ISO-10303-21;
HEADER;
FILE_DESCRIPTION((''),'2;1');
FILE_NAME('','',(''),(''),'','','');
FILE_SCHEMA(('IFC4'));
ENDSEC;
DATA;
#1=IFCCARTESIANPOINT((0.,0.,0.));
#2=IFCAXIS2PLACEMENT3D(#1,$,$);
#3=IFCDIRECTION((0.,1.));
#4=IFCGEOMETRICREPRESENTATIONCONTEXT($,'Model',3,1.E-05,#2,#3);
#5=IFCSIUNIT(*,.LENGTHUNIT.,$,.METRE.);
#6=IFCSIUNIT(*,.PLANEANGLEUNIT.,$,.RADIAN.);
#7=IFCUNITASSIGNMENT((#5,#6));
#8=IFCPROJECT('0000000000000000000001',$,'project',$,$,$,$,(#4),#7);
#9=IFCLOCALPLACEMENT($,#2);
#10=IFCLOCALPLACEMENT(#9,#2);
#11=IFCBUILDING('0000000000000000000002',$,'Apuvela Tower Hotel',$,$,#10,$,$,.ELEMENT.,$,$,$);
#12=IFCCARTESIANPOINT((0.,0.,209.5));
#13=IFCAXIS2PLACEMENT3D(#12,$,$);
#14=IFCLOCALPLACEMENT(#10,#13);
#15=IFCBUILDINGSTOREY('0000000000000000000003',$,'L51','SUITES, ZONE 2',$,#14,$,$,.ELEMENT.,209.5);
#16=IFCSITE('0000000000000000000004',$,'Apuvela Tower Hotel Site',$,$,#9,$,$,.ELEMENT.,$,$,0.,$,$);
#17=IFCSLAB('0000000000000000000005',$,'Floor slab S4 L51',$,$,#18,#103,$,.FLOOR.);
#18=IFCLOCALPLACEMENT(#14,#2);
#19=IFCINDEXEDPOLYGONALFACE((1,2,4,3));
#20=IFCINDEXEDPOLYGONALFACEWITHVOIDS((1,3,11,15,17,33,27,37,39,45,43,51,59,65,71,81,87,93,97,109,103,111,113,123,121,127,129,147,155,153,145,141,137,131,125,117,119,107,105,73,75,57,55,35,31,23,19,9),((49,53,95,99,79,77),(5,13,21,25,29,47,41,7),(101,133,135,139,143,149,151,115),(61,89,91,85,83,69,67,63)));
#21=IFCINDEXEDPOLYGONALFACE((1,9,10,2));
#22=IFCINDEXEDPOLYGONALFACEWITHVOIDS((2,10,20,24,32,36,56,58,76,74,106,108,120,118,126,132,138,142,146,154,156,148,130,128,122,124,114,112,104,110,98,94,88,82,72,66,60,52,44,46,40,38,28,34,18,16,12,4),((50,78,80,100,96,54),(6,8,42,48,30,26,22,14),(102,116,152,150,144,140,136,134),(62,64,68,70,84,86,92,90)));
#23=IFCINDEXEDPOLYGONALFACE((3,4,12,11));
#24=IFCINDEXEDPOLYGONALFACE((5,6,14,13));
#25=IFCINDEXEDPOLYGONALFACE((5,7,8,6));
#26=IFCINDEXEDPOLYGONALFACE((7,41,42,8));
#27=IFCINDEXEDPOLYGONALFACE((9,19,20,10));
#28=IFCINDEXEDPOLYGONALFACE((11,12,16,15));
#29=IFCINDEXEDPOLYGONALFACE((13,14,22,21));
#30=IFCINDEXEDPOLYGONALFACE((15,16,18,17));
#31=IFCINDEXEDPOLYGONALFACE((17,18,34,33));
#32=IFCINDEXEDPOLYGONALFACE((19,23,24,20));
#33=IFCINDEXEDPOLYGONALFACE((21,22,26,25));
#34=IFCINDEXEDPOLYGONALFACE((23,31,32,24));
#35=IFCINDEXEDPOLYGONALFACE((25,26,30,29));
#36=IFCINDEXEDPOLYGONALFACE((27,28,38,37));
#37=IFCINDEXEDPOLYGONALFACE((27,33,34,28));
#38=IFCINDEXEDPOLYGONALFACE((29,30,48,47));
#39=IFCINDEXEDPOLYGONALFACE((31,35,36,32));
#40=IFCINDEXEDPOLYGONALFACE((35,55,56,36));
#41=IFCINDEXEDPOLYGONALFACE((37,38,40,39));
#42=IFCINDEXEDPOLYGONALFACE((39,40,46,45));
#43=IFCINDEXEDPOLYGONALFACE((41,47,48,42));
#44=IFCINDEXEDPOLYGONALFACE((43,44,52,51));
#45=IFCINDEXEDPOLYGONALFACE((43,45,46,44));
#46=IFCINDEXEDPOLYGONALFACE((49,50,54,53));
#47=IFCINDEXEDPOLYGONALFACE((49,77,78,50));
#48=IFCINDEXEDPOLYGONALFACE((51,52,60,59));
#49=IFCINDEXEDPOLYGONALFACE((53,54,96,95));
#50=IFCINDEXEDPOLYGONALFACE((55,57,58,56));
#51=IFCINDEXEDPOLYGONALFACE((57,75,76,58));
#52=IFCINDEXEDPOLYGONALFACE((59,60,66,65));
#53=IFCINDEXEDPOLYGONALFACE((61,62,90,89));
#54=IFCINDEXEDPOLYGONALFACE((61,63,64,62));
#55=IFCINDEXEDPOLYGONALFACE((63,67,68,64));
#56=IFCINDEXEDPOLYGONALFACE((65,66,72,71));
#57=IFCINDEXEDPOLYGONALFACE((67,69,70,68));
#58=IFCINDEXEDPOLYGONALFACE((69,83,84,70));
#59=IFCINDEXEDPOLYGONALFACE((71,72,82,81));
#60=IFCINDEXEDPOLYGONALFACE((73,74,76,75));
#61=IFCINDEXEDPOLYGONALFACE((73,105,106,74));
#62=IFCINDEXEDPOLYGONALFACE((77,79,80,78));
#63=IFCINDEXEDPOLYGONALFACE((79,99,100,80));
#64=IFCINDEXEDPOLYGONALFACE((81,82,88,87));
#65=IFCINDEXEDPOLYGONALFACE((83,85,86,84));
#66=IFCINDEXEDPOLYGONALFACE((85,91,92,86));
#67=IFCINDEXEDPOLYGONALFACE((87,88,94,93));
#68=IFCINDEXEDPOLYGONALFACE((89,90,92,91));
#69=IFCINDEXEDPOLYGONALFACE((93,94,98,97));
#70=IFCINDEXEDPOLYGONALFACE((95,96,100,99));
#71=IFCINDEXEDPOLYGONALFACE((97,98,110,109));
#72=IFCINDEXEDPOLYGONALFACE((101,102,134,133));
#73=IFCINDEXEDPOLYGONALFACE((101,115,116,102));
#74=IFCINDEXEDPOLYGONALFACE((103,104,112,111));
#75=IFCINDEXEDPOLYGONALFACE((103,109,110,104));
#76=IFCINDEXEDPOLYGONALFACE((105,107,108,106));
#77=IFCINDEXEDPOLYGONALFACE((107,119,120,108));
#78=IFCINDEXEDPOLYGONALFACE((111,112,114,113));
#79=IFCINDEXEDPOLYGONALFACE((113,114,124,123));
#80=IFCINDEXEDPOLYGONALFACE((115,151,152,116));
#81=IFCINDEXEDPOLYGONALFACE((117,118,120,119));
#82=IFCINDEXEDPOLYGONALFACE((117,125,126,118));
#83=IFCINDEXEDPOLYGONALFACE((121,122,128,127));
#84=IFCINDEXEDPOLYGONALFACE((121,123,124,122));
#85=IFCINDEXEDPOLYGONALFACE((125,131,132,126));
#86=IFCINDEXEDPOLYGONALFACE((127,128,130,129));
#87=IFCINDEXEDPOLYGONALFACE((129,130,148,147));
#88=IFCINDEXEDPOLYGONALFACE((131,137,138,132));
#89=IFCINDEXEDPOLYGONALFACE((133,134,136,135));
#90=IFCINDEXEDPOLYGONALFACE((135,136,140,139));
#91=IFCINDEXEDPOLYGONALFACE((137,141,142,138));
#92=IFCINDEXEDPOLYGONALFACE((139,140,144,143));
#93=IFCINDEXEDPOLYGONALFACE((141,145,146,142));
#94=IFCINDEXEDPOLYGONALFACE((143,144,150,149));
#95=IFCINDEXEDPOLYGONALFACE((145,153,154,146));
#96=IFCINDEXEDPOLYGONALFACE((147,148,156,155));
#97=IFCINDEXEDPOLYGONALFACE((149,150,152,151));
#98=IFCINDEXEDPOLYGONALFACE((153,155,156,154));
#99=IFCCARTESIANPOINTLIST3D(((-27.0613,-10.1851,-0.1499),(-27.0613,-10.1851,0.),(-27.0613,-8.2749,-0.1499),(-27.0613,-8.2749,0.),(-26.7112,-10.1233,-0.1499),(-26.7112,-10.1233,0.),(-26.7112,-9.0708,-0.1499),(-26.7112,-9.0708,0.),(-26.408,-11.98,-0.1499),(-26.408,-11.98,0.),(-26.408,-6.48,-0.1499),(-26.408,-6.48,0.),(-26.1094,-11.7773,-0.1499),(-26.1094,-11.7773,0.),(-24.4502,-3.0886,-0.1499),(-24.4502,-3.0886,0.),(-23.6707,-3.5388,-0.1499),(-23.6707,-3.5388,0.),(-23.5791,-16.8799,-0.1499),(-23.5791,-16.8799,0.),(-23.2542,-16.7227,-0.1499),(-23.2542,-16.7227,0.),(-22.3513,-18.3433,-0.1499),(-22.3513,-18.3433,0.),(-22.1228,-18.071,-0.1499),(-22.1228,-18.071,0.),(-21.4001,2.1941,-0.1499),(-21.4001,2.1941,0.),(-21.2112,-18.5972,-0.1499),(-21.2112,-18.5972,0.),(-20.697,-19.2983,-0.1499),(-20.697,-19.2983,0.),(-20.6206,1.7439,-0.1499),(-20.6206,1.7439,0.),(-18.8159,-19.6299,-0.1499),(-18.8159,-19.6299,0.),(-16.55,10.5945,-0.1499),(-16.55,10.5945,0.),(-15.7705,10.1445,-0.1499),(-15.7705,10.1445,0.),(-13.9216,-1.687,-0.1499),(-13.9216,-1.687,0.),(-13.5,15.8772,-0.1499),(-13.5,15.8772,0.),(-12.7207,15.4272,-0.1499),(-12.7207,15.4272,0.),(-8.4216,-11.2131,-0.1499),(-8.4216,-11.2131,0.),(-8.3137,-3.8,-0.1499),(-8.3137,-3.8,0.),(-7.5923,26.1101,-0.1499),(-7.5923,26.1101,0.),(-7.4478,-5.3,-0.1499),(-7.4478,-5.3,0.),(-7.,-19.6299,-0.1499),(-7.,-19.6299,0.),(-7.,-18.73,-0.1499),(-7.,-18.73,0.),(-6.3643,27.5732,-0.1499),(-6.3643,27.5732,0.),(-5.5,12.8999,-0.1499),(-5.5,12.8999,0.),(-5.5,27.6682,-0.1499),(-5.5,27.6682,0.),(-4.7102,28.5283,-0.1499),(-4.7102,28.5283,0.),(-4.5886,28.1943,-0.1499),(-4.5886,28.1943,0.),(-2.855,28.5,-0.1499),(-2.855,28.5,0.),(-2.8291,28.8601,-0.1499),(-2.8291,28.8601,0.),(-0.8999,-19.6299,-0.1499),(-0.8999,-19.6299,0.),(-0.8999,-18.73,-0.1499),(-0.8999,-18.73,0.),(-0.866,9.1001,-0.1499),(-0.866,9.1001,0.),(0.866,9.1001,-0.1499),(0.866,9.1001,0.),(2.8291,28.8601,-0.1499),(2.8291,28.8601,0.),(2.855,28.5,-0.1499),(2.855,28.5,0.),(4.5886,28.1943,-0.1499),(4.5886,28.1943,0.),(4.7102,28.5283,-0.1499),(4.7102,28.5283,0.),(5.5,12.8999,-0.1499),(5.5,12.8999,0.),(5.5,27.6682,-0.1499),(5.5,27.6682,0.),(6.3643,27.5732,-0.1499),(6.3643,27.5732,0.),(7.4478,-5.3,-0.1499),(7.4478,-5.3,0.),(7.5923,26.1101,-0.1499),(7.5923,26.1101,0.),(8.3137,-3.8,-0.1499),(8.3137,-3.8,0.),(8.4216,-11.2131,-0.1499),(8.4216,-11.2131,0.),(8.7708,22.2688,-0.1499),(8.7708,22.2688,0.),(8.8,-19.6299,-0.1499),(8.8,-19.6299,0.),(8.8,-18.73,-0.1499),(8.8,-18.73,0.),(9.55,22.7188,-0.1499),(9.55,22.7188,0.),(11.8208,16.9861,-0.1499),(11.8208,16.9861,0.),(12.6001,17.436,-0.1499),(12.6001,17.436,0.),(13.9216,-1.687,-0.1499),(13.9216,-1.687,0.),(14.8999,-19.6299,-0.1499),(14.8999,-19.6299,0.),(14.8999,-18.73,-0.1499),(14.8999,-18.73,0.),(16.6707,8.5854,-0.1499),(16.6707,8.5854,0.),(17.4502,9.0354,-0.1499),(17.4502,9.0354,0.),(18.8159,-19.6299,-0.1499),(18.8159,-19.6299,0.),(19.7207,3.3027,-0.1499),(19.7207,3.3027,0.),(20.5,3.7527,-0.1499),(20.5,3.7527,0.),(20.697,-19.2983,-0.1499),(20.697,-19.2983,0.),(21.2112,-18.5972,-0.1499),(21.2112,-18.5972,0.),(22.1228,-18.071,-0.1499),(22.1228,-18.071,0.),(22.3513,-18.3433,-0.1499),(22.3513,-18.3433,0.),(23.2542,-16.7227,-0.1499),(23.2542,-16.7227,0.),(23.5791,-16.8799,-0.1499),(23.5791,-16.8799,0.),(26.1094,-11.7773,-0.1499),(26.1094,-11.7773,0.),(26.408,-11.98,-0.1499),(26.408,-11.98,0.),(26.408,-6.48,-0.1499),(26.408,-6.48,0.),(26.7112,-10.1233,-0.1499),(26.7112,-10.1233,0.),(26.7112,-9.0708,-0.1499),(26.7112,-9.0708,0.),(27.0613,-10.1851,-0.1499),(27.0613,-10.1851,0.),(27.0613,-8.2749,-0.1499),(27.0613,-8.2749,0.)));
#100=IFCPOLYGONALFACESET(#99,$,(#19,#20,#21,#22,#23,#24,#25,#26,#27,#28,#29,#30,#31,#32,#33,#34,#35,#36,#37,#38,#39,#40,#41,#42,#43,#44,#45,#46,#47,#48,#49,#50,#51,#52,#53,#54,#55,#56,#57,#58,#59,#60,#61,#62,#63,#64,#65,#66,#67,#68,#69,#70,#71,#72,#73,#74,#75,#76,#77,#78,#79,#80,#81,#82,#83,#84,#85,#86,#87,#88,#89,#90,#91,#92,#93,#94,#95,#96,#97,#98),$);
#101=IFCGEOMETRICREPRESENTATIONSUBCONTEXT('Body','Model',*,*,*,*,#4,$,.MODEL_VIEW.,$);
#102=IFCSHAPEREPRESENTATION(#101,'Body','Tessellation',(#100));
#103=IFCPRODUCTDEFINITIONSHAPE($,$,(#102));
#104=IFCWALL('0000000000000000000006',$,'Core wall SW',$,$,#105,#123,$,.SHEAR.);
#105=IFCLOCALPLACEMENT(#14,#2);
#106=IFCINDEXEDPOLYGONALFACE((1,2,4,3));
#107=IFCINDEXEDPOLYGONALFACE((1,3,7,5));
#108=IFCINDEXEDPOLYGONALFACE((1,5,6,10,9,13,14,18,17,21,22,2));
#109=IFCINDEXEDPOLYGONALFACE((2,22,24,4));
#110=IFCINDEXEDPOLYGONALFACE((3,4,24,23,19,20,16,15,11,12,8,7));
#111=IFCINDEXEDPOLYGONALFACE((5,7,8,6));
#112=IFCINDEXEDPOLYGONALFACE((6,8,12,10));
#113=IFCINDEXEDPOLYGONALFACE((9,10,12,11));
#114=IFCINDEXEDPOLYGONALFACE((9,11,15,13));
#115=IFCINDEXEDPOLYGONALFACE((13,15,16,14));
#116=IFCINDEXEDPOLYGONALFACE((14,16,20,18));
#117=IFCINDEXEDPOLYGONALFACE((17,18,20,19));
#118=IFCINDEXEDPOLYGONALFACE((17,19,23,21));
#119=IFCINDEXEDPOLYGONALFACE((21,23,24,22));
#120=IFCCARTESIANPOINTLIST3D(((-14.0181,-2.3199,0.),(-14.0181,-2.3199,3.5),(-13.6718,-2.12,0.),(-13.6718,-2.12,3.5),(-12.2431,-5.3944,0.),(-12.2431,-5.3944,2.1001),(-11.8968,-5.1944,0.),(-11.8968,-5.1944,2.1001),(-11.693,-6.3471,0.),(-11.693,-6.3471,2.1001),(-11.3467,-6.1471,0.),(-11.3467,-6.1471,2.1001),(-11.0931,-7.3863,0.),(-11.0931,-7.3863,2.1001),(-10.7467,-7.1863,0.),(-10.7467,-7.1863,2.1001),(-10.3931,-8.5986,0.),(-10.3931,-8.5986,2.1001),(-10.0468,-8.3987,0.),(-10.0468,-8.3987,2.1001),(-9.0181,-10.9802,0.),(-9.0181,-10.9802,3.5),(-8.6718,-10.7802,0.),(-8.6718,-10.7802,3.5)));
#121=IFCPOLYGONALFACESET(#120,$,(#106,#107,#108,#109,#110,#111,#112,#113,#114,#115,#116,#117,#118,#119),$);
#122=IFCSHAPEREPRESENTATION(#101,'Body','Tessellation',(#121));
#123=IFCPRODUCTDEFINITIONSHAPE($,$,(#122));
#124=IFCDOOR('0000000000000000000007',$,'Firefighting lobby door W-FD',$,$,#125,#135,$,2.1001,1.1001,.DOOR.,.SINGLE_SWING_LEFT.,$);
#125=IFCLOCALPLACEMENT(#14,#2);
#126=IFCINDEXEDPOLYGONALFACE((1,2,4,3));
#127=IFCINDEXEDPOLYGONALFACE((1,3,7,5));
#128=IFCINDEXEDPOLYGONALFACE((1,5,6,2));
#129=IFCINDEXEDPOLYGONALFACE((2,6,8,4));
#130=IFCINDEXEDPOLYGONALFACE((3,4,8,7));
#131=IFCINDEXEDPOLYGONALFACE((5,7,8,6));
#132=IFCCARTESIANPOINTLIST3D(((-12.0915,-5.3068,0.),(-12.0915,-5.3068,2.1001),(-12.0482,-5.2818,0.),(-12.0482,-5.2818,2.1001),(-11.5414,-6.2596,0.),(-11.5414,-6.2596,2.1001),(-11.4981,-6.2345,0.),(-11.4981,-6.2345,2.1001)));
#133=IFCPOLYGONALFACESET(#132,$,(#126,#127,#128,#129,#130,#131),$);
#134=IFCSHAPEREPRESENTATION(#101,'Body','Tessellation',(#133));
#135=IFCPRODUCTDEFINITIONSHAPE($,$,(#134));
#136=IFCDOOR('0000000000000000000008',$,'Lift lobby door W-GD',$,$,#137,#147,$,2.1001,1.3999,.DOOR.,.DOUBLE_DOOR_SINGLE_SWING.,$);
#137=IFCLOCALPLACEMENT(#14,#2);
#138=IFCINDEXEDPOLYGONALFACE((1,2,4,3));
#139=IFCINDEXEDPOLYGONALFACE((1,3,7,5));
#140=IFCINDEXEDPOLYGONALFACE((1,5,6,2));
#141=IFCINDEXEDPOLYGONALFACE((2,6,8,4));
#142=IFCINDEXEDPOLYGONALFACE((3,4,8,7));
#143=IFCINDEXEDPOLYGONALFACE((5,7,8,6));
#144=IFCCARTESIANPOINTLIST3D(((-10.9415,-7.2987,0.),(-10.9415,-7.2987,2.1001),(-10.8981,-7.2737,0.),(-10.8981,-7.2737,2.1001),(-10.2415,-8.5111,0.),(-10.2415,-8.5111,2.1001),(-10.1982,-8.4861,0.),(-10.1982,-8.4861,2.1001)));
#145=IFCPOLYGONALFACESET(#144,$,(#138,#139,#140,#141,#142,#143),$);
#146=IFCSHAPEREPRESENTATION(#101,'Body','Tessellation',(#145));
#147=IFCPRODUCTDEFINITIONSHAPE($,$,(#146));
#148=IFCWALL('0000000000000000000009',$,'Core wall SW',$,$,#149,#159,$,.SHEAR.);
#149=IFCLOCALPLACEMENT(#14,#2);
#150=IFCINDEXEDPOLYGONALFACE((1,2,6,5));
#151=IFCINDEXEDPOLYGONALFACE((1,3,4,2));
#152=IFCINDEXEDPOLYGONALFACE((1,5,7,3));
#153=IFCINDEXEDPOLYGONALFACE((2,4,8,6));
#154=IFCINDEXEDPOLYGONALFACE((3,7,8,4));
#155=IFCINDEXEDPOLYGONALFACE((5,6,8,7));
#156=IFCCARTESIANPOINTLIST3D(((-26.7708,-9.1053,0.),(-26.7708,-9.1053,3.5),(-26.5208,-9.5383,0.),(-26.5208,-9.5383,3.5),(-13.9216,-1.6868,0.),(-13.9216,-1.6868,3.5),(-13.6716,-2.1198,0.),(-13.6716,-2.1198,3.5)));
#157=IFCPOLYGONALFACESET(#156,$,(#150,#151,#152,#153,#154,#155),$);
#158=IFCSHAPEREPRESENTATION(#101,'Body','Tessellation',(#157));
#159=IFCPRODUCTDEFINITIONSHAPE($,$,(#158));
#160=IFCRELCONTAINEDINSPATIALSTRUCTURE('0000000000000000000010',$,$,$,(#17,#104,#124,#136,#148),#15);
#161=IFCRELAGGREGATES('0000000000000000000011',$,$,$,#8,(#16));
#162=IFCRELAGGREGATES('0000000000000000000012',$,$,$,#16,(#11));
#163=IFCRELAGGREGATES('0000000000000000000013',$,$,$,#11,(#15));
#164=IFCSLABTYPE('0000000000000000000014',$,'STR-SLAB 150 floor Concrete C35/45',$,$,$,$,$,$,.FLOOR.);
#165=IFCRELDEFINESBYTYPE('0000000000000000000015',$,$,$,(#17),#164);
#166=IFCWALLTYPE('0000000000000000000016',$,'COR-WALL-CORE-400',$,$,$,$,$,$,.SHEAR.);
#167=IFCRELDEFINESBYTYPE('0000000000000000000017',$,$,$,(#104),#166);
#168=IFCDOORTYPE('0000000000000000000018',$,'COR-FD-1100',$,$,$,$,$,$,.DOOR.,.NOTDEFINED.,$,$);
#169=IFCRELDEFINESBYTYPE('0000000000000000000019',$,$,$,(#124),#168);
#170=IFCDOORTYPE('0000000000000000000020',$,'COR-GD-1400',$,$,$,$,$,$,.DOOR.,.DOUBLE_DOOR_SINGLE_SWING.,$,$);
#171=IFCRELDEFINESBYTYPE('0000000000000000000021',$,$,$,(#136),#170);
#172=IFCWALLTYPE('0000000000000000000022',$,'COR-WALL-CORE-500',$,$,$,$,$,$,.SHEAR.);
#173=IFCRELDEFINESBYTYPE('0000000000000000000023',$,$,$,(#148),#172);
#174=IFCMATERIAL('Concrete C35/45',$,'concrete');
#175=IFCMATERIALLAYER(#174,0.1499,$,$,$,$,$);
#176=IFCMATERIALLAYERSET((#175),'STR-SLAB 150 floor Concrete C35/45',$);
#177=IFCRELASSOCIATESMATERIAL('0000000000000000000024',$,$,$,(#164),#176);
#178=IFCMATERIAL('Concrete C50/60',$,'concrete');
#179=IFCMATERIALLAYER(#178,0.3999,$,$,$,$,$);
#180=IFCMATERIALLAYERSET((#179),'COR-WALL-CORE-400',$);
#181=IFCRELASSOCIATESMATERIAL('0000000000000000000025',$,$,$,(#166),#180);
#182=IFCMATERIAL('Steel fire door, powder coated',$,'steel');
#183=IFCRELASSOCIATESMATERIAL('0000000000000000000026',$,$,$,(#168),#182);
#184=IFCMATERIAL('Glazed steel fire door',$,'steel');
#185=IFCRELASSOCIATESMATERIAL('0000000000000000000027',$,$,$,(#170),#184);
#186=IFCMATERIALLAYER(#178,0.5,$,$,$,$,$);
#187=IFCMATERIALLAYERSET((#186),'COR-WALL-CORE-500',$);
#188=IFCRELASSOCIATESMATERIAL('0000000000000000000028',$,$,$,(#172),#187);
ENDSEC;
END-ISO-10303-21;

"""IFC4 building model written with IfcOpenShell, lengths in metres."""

from ifc_helpers import new_model, si_unit, direction, frame, frame_2d, origin, place, context, subcontext, project, spatial, polyline, rectangle, outline, extrude, material, layer, layer_set, type_object, element, fill, save


model = new_model("IFC4")

# Units and contexts
model_context = context("Model", 3, precision=1e-05, world=origin(), true_north=direction((0.0, 1.0)))
body_context = subcontext(model_context, "Body", "Model", "MODEL_VIEW")
ifc_project = project(units=[si_unit("LENGTHUNIT", "METRE"), si_unit("PLANEANGLEUNIT", "RADIAN")], contexts=[model_context])

# Site, building, storey
site_placement = place(None, origin())
site = spatial("IfcSite", under=ifc_project, at=site_placement, Name="Apuvela Tower Hotel Site", CompositionType="ELEMENT", RefElevation=0.0)
building_placement = place(site_placement, origin())
building = spatial("IfcBuilding", under=site, at=building_placement, Name="Apuvela Tower Hotel", CompositionType="ELEMENT")
storey_placement = place(building_placement, frame((0.0, 0.0, 209.5)))
storey = spatial("IfcBuildingStorey", under=building, at=storey_placement, Name="L51", Description="SUITES, ZONE 2", CompositionType="ELEMENT", Elevation=209.5)

# Shared definitions
ifc_material_1 = material(Name="Concrete C50/60", Category="concrete")

# Slab
ifc_material_2 = material(Name="Concrete C35/45", Category="concrete")
ifc_layer_1 = layer(ifc_material_2, 0.1499)
ifc_layer_set_1 = layer_set([ifc_layer_1], Name="STR-SLAB 150 floor Concrete C35/45")
slab_type_1 = type_object("IfcSlabType", Name="STR-SLAB 150 floor Concrete C35/45", PredefinedType="FLOOR", material=ifc_layer_set_1)
slab_1_placement = place(storey_placement, frame((0.0, 0.0, -0.1499)))
element("IfcSlab", 1, at=slab_1_placement, inside=storey, type_object=slab_type_1, Name="Floor slab S4 L51", PredefinedType="FLOOR", context=body_context, shape_type="SweptSolid", body=[
    extrude(outline(polyline([(-6.3643, 27.5732), (-4.7102, 28.5283), (-2.8291, 28.8601), (2.8291, 28.8601), (4.7102, 28.5283), (6.3643, 27.5732), (7.5923, 26.1101), (9.55, 22.7188), (8.7708, 22.2688), (11.8208, 16.9861), (12.6001, 17.436), (17.4502, 9.0354), (16.6707, 8.5854), (19.7207, 3.3027), (20.5, 3.7527), (26.408, -6.48), (27.0613, -8.2749), (27.0613, -10.1851), (26.408, -11.98), (23.5791, -16.8799), (22.3513, -18.3433), (20.697, -19.2983), (18.8159, -19.6299), (14.8999, -19.6299), (14.8999, -18.73), (8.8, -18.73), (8.8, -19.6299), (-0.8999, -19.6299), (-0.8999, -18.73), (-7.0, -18.73), (-7.0, -19.6299), (-18.8159, -19.6299), (-20.697, -19.2983), (-22.3513, -18.3433), (-23.5791, -16.8799), (-26.408, -11.98), (-27.0613, -10.1851), (-27.0613, -8.2749), (-26.408, -6.48), (-24.4502, -3.0886), (-23.6707, -3.5388), (-20.6206, 1.7439), (-21.4001, 2.1941), (-16.55, 10.5945), (-15.7705, 10.1445), (-12.7207, 15.4272), (-13.5, 15.8772), (-7.5923, 26.1101), (-6.3643, 27.5732)]), holes=[polyline([(0.866, 9.1001), (-0.866, 9.1001), (-8.3137, -3.8), (-7.4478, -5.3), (7.4478, -5.3), (8.3137, -3.8), (0.866, 9.1001)]), polyline([(-5.5, 12.8999), (-5.5, 27.6682), (-4.5886, 28.1943), (-2.855, 28.5), (2.855, 28.5), (4.5886, 28.1943), (5.5, 27.6682), (5.5, 12.8999), (-5.5, 12.8999)]), polyline([(-8.4216, -11.2131), (-21.2112, -18.5972), (-22.1228, -18.071), (-23.2542, -16.7227), (-26.1094, -11.7773), (-26.7112, -10.1233), (-26.7112, -9.0708), (-13.9216, -1.687), (-8.4216, -11.2131)]), polyline([(13.9216, -1.687), (26.7112, -9.0708), (26.7112, -10.1233), (26.1094, -11.7773), (23.2542, -16.7227), (22.1228, -18.071), (21.2112, -18.5972), (8.4216, -11.2131), (13.9216, -1.687)])]), origin(), (0.0, 0.0, 1.0), 0.1499),
])

# Wall, openings, doors
ifc_layer_2 = layer(ifc_material_1, 0.3999)
ifc_layer_set_2 = layer_set([ifc_layer_2], Name="COR-WALL-CORE-400")
wall_type_1 = type_object("IfcWallType", Name="COR-WALL-CORE-400", PredefinedType="SHEAR", material=ifc_layer_set_2)
wall_1_placement = place(storey_placement, frame((-13.845, -2.22, 0.0), z_axis=(0.0, 0.0, 1.0), x_axis=(0.500004, -0.866023, 0.0)))
wall_1 = element("IfcWall", 2, at=wall_1_placement, inside=storey, type_object=wall_type_1, Name="Core wall SW", PredefinedType="SHEAR", context=body_context, shape_type="SweptSolid", body=[
    extrude(rectangle(XDim=10.0, YDim=0.3999, at=frame_2d((5.0, 0.0))), origin(), (0.0, 0.0, 1.0), 3.5),
])
opening_1_placement = place(wall_1_placement, frame((3.55, 0.0, 0.0)))
opening_1 = element("IfcOpeningElement", 3, at=opening_1_placement, cuts=wall_1, PredefinedType="OPENING", context=body_context, shape_type="SweptSolid", body=[
    extrude(rectangle(XDim=1.1001, YDim=2.1001, at=frame_2d((0.55, 1.05))), frame((0.0, 0.21, 0.0), z_axis=(0.0, -1.0, 0.0), x_axis=(1.0, 0.0, 0.0)), (0.0, 0.0, 1.0), 0.4199),
])
opening_2_placement = place(wall_1_placement, frame((5.8501, 0.0, 0.0)))
opening_2 = element("IfcOpeningElement", 4, at=opening_2_placement, cuts=wall_1, PredefinedType="OPENING", context=body_context, shape_type="SweptSolid", body=[
    extrude(rectangle(XDim=1.3999, YDim=2.1001, at=frame_2d((0.7, 1.05))), frame((0.0, 0.21, 0.0), z_axis=(0.0, -1.0, 0.0), x_axis=(1.0, 0.0, 0.0)), (0.0, 0.0, 1.0), 0.4199),
])
ifc_material_3 = material(Name="Steel fire door, powder coated", Category="steel")
door_type_1 = type_object("IfcDoorType", Name="COR-FD-1100", OperationType="NOTDEFINED", PredefinedType="DOOR", material=ifc_material_3)
door_1_placement = place(opening_1_placement, frame((1.1001, 0.0, 0.0), z_axis=(0.0, 0.0, 1.0), x_axis=(-1.0, 0.0, 0.0)))
door_1 = element("IfcDoor", 5, at=door_1_placement, inside=storey, type_object=door_type_1, Name="Firefighting lobby door W-FD", OperationType="SINGLE_SWING_LEFT", OverallHeight=2.1001, OverallWidth=1.1001, PredefinedType="DOOR", context=body_context, shape_type="SweptSolid", body=[
    extrude(rectangle(XDim=1.1001, YDim=2.1001, at=frame_2d((0.55, 1.05))), frame((0.0, 0.0249, 0.0), z_axis=(0.0, -1.0, 0.0), x_axis=(1.0, 0.0, 0.0)), (0.0, 0.0, 1.0), 0.05),
])
fill(opening_1, door_1)
ifc_material_4 = material(Name="Glazed steel fire door", Category="steel")
door_type_2 = type_object("IfcDoorType", Name="COR-GD-1400", OperationType="DOUBLE_DOOR_SINGLE_SWING", PredefinedType="DOOR", material=ifc_material_4)
door_2_placement = place(opening_2_placement, frame((1.3999, 0.0, 0.0), z_axis=(0.0, 0.0, 1.0), x_axis=(-1.0, 0.0, 0.0)))
door_2 = element("IfcDoor", 6, at=door_2_placement, inside=storey, type_object=door_type_2, Name="Lift lobby door W-GD", OperationType="DOUBLE_DOOR_SINGLE_SWING", OverallHeight=2.1001, OverallWidth=1.3999, PredefinedType="DOOR", context=body_context, shape_type="SweptSolid", body=[
    extrude(rectangle(XDim=1.3999, YDim=2.1001, at=frame_2d((0.7, 1.05))), frame((0.0, 0.0249, 0.0), z_axis=(0.0, -1.0, 0.0), x_axis=(1.0, 0.0, 0.0)), (0.0, 0.0, 1.0), 0.05),
])
fill(opening_2, door_2)

# Wall
ifc_layer_3 = layer(ifc_material_1, 0.5)
ifc_layer_set_3 = layer_set([ifc_layer_3], Name="COR-WALL-CORE-500")
wall_type_2 = type_object("IfcWallType", Name="COR-WALL-CORE-500", PredefinedType="SHEAR", material=ifc_layer_set_3)
wall_2_placement = place(storey_placement, frame((-13.7966, -1.9033, 0.0), z_axis=(0.0, 0.0, 1.0), x_axis=(-0.866025, -0.500001, 0.0)))
element("IfcWall", 7, at=wall_2_placement, inside=storey, type_object=wall_type_2, Name="Core wall SW", PredefinedType="SHEAR", context=body_context, shape_type="SweptSolid", body=[
    extrude(rectangle(XDim=14.8369, YDim=0.5, at=frame_2d((7.4185, 0.0))), origin(), (0.0, 0.0, 1.0), 3.5),
])

save(model, "model.ifc")
